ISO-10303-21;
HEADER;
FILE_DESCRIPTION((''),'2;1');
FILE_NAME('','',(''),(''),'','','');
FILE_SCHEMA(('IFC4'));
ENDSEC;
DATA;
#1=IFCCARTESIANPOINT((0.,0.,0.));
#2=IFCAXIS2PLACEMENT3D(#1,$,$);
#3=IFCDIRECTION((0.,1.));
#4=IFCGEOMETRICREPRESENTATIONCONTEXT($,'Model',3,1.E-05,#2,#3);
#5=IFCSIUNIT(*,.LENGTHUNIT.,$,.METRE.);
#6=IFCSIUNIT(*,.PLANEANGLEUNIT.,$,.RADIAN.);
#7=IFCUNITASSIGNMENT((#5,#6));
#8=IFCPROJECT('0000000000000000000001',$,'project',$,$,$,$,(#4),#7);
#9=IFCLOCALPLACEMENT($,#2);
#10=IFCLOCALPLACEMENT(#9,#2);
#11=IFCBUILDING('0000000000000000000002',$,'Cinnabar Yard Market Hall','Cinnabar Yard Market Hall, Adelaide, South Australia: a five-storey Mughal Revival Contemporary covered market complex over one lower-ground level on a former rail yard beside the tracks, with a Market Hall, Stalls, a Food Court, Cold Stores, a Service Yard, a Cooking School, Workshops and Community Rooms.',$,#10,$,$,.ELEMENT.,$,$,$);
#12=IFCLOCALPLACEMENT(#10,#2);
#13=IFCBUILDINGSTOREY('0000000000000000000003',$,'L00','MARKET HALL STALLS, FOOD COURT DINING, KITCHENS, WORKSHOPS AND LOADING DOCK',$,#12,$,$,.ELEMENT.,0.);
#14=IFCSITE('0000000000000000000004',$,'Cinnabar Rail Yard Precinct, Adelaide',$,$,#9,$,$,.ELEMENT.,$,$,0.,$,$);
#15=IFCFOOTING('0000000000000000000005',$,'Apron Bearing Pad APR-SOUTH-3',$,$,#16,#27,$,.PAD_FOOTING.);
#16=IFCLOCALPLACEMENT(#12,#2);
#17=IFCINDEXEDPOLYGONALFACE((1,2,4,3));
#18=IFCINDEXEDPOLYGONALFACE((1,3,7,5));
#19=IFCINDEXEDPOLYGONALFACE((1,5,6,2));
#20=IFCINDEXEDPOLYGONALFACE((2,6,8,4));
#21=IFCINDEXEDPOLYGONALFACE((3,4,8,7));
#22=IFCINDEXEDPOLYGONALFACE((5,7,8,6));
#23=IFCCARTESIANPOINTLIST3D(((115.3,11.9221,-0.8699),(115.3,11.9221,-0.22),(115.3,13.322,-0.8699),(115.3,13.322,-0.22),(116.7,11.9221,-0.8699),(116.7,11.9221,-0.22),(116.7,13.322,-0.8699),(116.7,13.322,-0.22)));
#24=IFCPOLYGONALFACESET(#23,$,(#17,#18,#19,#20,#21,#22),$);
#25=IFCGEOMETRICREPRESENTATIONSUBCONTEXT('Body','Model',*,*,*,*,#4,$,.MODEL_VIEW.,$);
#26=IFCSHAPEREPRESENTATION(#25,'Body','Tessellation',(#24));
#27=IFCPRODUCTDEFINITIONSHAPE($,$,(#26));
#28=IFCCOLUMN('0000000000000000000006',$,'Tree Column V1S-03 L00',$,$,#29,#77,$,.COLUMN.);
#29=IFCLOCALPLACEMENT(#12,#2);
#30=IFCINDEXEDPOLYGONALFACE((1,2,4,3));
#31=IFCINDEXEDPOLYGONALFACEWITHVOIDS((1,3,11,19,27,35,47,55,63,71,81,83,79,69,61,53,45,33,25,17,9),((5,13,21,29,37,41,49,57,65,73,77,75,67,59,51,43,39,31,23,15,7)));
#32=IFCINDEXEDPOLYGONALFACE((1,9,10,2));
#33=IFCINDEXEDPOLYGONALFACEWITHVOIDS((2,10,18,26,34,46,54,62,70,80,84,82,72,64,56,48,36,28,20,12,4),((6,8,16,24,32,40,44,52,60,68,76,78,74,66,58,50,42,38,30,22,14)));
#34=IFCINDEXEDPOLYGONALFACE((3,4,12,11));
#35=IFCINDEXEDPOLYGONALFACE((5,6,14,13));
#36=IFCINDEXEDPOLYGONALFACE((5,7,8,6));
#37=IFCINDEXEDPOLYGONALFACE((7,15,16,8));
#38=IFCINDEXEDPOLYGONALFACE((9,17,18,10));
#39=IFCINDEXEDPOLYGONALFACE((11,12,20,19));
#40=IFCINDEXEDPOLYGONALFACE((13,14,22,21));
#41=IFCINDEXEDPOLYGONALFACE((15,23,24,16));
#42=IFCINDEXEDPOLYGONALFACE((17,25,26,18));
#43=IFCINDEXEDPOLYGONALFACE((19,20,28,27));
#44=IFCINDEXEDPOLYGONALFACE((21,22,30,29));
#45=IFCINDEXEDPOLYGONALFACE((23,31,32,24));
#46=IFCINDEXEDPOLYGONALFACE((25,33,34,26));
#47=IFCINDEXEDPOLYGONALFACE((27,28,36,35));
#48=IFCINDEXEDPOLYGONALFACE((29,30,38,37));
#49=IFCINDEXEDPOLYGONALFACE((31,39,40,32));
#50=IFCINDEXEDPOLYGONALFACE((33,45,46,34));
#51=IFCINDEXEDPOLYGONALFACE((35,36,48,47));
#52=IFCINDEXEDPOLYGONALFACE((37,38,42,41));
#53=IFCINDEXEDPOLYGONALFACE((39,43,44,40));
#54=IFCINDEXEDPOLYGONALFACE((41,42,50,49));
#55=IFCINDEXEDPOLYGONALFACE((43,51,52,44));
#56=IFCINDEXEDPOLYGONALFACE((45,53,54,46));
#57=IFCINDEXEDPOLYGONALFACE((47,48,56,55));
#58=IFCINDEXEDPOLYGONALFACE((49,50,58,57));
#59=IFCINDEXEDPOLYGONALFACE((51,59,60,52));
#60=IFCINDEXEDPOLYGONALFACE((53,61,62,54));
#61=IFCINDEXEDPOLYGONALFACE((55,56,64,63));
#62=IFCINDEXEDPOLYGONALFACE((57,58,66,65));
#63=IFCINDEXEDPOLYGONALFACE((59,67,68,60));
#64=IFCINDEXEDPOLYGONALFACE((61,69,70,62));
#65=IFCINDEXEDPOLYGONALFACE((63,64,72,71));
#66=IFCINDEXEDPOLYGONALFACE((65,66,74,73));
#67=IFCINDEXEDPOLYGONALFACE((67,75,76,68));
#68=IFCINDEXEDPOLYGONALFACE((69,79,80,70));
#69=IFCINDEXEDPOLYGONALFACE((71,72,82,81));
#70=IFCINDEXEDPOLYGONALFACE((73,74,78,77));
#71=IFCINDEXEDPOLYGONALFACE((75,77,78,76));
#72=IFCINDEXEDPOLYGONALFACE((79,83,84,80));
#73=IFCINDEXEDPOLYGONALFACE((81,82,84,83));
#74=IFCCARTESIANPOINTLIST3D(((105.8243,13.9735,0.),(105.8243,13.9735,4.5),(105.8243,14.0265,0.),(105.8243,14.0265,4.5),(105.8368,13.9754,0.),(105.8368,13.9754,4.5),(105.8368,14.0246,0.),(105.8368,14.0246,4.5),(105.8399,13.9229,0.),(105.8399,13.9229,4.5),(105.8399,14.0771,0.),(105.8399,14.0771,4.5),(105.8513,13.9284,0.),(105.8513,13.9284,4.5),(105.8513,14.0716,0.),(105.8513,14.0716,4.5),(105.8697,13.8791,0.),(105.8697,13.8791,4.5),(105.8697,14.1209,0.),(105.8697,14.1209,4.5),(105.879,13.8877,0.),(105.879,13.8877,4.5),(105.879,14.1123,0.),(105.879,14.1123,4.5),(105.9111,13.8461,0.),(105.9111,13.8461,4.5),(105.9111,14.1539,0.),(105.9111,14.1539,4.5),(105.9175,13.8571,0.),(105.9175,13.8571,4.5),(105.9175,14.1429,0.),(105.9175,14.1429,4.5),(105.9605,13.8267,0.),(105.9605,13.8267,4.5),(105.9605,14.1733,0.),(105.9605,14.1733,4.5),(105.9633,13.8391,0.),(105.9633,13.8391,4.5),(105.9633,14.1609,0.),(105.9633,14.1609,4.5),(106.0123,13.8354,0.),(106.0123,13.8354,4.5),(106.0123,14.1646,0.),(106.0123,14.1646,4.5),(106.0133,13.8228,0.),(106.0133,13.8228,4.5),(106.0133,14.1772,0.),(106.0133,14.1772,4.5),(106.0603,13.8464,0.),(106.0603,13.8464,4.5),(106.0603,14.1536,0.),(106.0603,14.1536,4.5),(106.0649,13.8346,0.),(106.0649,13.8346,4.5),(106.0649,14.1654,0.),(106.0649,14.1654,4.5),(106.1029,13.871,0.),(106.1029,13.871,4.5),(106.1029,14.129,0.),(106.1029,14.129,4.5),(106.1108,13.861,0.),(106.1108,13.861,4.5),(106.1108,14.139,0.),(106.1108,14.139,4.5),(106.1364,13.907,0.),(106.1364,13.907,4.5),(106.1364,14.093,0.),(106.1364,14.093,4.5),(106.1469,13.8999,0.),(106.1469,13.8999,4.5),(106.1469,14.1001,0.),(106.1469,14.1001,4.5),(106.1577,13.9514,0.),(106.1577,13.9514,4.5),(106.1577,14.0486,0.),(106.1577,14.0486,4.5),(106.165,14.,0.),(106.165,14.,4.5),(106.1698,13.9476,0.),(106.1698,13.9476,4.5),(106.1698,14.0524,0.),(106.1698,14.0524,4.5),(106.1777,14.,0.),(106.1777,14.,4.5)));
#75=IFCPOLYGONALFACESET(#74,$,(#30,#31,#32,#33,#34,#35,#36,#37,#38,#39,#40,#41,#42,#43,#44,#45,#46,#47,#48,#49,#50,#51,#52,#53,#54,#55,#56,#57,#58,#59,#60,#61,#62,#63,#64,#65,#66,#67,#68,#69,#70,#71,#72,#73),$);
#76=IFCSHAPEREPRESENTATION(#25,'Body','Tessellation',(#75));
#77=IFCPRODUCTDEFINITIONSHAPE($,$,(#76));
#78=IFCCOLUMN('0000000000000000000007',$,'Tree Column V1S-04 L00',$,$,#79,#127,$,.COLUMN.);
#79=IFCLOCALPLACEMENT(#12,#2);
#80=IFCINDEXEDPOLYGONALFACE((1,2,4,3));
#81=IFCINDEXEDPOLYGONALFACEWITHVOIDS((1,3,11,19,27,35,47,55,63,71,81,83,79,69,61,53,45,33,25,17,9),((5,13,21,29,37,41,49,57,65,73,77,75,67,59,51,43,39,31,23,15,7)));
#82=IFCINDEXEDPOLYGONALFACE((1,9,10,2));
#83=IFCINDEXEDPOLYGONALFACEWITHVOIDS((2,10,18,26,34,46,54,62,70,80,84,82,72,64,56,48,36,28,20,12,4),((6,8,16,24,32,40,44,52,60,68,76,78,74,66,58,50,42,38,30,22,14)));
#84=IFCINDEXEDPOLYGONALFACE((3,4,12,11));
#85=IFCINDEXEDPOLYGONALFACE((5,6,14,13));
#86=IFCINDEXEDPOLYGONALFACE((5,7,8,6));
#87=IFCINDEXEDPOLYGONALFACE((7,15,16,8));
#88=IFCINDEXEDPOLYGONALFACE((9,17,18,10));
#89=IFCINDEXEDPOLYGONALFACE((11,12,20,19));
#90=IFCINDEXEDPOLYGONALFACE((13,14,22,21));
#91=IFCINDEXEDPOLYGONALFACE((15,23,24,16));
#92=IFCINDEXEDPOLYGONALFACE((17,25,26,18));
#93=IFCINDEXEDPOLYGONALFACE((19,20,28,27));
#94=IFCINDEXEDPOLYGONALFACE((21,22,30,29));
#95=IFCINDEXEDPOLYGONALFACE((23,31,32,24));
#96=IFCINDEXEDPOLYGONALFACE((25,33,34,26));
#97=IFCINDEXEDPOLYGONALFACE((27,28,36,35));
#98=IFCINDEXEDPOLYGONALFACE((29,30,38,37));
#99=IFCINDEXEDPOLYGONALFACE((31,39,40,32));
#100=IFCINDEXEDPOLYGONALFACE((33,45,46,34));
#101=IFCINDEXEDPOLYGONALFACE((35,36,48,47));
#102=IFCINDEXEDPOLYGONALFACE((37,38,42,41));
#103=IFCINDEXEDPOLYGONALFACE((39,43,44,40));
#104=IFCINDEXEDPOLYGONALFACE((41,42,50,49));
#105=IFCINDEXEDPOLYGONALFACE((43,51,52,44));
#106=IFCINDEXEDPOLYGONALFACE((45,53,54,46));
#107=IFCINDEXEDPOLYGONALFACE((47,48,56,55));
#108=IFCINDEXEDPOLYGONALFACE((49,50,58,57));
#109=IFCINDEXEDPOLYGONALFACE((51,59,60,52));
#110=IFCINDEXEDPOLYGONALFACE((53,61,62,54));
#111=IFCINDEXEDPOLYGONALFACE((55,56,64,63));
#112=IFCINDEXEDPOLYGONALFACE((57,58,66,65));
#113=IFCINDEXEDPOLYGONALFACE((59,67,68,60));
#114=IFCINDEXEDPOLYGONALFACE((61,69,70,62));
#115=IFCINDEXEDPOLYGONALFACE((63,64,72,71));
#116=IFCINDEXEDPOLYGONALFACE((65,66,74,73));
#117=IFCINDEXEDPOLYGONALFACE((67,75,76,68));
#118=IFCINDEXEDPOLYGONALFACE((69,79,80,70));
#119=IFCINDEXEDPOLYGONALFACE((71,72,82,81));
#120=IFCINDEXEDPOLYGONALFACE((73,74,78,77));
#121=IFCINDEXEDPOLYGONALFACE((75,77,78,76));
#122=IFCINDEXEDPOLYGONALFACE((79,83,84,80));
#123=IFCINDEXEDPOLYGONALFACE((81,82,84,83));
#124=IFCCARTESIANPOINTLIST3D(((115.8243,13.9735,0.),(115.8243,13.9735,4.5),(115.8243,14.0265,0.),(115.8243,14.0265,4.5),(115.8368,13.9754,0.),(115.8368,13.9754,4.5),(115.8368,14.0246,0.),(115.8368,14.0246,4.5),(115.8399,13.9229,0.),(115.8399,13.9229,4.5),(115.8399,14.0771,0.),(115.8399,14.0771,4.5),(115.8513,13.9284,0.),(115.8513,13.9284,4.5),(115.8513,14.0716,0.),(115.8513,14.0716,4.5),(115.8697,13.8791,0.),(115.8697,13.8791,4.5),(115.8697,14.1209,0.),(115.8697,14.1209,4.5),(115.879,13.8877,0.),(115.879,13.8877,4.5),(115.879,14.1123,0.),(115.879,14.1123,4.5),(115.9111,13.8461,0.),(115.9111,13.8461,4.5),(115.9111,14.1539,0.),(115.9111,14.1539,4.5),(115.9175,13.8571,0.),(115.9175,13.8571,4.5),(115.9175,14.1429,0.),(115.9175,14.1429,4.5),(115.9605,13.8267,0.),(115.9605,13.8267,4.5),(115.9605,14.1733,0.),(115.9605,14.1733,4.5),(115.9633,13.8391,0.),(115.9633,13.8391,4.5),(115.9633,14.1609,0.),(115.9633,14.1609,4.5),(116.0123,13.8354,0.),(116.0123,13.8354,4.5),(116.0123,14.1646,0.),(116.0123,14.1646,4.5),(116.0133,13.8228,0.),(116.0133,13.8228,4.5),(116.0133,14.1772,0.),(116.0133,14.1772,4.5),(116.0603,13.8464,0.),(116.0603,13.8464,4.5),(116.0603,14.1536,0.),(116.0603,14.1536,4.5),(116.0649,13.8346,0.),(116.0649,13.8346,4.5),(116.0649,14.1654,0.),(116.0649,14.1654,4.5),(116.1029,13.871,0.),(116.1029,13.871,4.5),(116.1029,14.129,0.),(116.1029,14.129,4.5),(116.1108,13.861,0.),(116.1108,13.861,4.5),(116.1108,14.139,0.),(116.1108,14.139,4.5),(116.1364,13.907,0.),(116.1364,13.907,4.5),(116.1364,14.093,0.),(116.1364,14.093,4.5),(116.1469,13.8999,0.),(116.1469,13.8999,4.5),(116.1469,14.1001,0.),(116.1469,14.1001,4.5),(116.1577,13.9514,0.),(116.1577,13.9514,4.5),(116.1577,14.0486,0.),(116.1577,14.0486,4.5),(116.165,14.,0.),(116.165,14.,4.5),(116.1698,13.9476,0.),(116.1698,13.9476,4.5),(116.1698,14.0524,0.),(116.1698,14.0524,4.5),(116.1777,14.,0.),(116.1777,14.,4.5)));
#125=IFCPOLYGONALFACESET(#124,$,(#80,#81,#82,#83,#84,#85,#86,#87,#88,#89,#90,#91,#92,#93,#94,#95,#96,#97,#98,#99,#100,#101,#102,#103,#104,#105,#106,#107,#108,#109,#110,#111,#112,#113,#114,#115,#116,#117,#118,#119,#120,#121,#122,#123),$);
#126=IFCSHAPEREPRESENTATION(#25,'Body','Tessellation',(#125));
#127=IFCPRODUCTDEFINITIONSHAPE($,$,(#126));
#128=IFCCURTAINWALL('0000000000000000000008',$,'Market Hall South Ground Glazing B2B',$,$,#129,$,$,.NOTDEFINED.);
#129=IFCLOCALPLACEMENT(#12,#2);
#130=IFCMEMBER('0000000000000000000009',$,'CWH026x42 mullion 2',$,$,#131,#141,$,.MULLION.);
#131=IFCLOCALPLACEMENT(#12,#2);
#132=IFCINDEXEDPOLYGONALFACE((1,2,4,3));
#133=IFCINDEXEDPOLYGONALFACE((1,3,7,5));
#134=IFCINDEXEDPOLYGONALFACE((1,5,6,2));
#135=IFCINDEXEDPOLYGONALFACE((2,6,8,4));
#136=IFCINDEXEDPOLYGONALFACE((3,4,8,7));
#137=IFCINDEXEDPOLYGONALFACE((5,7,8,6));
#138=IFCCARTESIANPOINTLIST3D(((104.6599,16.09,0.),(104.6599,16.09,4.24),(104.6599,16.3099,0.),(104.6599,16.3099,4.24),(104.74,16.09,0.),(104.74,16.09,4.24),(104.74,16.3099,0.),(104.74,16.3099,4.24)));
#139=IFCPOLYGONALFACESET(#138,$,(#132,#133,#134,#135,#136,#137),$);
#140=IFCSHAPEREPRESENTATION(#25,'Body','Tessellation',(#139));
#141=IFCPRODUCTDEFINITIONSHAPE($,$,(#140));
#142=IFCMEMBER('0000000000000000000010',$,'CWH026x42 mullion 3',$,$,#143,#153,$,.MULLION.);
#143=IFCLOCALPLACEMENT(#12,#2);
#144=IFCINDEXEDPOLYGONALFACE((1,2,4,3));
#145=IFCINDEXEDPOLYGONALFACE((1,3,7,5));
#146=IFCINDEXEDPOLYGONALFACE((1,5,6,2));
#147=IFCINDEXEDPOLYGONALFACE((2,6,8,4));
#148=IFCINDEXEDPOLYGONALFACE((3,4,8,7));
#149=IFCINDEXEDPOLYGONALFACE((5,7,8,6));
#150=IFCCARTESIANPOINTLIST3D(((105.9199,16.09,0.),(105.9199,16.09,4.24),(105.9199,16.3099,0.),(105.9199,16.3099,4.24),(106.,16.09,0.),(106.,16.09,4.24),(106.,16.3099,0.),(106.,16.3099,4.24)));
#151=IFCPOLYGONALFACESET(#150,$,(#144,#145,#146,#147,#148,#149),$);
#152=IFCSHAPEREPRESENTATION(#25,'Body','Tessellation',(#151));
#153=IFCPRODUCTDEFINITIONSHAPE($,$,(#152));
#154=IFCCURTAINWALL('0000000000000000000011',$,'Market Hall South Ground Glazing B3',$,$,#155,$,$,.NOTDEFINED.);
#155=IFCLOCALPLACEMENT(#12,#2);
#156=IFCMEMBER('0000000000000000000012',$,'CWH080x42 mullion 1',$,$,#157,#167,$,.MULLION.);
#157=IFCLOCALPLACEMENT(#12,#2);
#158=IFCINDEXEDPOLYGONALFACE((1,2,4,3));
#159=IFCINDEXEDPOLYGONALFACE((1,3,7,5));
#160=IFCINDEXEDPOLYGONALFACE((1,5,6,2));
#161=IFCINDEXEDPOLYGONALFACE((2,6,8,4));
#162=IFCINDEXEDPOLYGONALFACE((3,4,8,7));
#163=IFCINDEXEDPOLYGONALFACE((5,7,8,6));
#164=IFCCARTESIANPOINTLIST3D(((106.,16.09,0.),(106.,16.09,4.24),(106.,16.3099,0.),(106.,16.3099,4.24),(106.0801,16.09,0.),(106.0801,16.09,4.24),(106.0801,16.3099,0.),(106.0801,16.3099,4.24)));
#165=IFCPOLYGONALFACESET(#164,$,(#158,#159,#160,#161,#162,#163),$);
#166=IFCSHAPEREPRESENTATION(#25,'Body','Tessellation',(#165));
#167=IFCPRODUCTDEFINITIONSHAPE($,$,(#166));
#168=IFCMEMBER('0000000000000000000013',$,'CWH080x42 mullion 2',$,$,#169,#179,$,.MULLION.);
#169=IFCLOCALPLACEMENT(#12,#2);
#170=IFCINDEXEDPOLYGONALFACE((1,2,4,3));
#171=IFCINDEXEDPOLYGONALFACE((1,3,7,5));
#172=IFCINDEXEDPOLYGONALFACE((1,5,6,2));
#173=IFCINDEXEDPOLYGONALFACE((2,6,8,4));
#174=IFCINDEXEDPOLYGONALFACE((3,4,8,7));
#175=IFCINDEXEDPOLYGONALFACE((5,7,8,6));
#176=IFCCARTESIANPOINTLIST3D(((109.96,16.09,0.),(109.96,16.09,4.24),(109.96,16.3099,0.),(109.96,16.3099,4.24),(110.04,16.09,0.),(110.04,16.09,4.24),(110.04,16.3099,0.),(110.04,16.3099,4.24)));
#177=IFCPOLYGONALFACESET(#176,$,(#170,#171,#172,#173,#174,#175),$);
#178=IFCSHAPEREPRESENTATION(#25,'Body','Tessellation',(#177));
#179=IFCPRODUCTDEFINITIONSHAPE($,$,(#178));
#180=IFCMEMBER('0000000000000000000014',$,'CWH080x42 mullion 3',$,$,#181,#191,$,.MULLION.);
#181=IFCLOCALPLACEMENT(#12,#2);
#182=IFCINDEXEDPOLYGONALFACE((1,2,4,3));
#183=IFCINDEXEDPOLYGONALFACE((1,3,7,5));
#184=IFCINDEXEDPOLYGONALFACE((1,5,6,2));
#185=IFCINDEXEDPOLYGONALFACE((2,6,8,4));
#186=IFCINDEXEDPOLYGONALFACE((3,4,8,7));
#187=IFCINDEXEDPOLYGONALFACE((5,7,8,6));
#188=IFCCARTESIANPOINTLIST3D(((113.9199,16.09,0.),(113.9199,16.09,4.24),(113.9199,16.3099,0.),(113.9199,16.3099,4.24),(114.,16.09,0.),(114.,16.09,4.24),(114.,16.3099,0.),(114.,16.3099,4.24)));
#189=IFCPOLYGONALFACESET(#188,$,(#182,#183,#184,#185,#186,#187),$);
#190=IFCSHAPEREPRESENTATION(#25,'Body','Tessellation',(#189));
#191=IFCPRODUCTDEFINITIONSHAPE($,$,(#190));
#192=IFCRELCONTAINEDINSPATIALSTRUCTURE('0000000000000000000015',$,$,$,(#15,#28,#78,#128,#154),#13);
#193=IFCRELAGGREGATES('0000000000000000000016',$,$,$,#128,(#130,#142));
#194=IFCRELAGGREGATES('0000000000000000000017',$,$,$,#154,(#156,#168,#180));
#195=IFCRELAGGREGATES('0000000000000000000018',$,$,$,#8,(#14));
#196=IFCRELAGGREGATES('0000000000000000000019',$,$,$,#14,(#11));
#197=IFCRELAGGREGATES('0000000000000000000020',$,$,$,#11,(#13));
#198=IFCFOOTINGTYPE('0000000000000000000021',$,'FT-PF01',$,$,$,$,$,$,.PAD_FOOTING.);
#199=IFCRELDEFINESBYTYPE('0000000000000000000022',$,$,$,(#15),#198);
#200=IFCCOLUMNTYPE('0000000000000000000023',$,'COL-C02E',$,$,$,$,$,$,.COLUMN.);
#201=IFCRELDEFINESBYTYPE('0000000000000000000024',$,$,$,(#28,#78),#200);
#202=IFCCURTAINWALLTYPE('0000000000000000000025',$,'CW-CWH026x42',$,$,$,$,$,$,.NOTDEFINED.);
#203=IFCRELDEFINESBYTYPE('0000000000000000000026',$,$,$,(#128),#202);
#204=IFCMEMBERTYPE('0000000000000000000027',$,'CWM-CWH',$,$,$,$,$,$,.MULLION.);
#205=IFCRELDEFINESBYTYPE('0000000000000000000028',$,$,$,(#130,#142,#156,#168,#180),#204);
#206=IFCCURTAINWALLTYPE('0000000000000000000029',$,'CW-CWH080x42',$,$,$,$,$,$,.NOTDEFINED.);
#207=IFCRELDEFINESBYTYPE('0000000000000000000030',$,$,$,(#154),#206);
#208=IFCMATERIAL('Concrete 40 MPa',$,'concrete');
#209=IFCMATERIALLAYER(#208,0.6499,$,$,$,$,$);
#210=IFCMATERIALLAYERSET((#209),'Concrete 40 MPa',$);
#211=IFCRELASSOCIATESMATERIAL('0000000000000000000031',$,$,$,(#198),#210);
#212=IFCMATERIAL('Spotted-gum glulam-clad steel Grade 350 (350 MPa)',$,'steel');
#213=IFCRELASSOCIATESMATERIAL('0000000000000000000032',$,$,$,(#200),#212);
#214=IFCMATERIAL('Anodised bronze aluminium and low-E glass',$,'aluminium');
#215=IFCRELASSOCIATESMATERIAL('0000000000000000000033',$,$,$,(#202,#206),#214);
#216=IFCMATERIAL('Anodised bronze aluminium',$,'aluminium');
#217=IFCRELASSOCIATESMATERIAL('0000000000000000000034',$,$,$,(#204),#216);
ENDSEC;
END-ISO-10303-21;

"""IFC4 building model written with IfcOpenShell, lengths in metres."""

from ifc_helpers import new_model, si_unit, direction, frame, origin, origin_2d_with_axis, place, context, subcontext, project, spatial, rectangle, hollow_circle, extrude, material, layer, layer_set, material_profile, profile_set, type_object, element, aggregate, save


model = new_model("IFC4")

# Units and contexts
model_context = context("Model", 3, precision=1e-05, world=origin(), true_north=direction((0.0, 1.0)))
body_context = subcontext(model_context, "Body", "Model", "MODEL_VIEW")
ifc_project = project(units=[si_unit("LENGTHUNIT", "METRE"), si_unit("PLANEANGLEUNIT", "RADIAN")], contexts=[model_context])

# Site, building, storey
site_placement = place(None, origin())
site = spatial("IfcSite", under=ifc_project, at=site_placement, Name="Cinnabar Rail Yard Precinct, Adelaide", CompositionType="ELEMENT", RefElevation=0.0)
building_placement = place(site_placement, origin())
building = spatial("IfcBuilding", under=site, at=building_placement, Name="Cinnabar Yard Market Hall", Description="Cinnabar Yard Market Hall, Adelaide, South Australia: a five-storey Mughal Revival Contemporary covered market complex over one lower-ground level on a former rail yard beside the tracks, with a Market Hall, Stalls, a Food Court, Cold Stores, a Service Yard, a Cooking School, Workshops and Community Rooms.", CompositionType="ELEMENT")
storey_placement = place(building_placement, origin())
storey = spatial("IfcBuildingStorey", under=building, at=storey_placement, Name="L00", Description="MARKET HALL STALLS, FOOD COURT DINING, KITCHENS, WORKSHOPS AND LOADING DOCK", CompositionType="ELEMENT", Elevation=0.0)

# Footing
ifc_material_1 = material(Name="Concrete 40 MPa", Category="concrete")
ifc_layer_1 = layer(ifc_material_1, 0.6499)
ifc_layer_set_1 = layer_set([ifc_layer_1], Name="Concrete 40 MPa")
footing_type = type_object("IfcFootingType", Name="FT-PF01", PredefinedType="PAD_FOOTING", material=ifc_layer_set_1)
footing_placement = place(storey_placement, frame((116.0, 12.6221, -0.8699), z_axis=(0.0, 0.0, 1.0), x_axis=(1.0, 0.0, 0.0)))
element("IfcFooting", 1, at=footing_placement, inside=storey, type_object=footing_type, Name="Apron Bearing Pad APR-SOUTH-3", PredefinedType="PAD_FOOTING", context=body_context, shape_type="SweptSolid", body=[
    extrude(rectangle(XDim=1.3999, YDim=1.3999, at=origin_2d_with_axis()), origin(), (0.0, 0.0, 1.0), 0.6499),
])

# Columns
ifc_material_2 = material(Name="Spotted-gum glulam-clad steel Grade 350 (350 MPa)", Category="steel")
ifc_material_profile_1 = material_profile(ifc_material_2, hollow_circle(Radius=0.1777, WallThickness=0.0127, at=origin_2d_with_axis()), Name="355.6x12.7CHS")
ifc_profile_set_1 = profile_set([ifc_material_profile_1], Name="Spotted-gum glulam-clad steel Grade 350 (350 MPa)")
column_type = type_object("IfcColumnType", Name="COL-C02E", PredefinedType="COLUMN", material=ifc_profile_set_1)
for number, where, z_axis, x_axis, name in (
    (2, (106.0, 14.0, 0.0), (0.0, 0.0, 1.0), (1.0, 0.0, 0.0), "Tree Column V1S-03 L00"),
    (3, (116.0, 14.0, 0.0), (0.0, 0.0, 1.0), (1.0, 0.0, 0.0), "Tree Column V1S-04 L00"),
):
    element("IfcColumn", number, at=place(storey_placement, frame(where, z_axis=z_axis, x_axis=x_axis)), inside=storey, type_object=column_type, Name=name, PredefinedType="COLUMN", context=body_context, shape_type="SweptSolid", body=[
        extrude(hollow_circle(Radius=0.1777, WallThickness=0.0127, at=origin_2d_with_axis()), origin(), (0.0, 0.0, 1.0), 4.5),
    ])

# Curtain walls, members
ifc_material_3 = material(Name="Anodised bronze aluminium and low-E glass", Category="aluminium")
curtain_wall_type_1 = type_object("IfcCurtainWallType", Name="CW-CWH026x42", PredefinedType="NOTDEFINED", material=ifc_material_3)
curtain_wall_1_placement = place(storey_placement, origin())
curtain_wall_1 = element("IfcCurtainWall", 4, at=curtain_wall_1_placement, inside=storey, type_object=curtain_wall_type_1, Name="Market Hall South Ground Glazing B2B", PredefinedType="NOTDEFINED")
ifc_material_4 = material(Name="Anodised bronze aluminium", Category="aluminium")
ifc_material_profile_2 = material_profile(ifc_material_4, rectangle(XDim=0.22, YDim=0.0801, at=origin_2d_with_axis()), Name="MUL-CWH")
ifc_profile_set_2 = profile_set([ifc_material_profile_2], Name="Anodised bronze aluminium")
member_type_1 = type_object("IfcMemberType", Name="CWM-CWH", PredefinedType="MULLION", material=ifc_profile_set_2)
member_1_placement = place(storey_placement, frame((104.7, 16.2, 0.0), z_axis=(0.0, 0.0, 1.0), x_axis=(0.0, 1.0, 0.0)))
member_1 = element("IfcMember", 5, at=member_1_placement, type_object=member_type_1, Name="CWH026x42 mullion 2", PredefinedType="MULLION", context=body_context, shape_type="SweptSolid", body=[
    extrude(rectangle(XDim=0.22, YDim=0.0801, at=origin_2d_with_axis()), origin(), (0.0, 0.0, 1.0), 4.24),
])
member_2_placement = place(storey_placement, frame((105.96, 16.2, 0.0), z_axis=(0.0, 0.0, 1.0), x_axis=(0.0, 1.0, 0.0)))
member_2 = element("IfcMember", 6, at=member_2_placement, type_object=member_type_1, Name="CWH026x42 mullion 3", PredefinedType="MULLION", context=body_context, shape_type="SweptSolid", body=[
    extrude(rectangle(XDim=0.22, YDim=0.0801, at=origin_2d_with_axis()), origin(), (0.0, 0.0, 1.0), 4.24),
])
curtain_wall_type_2 = type_object("IfcCurtainWallType", Name="CW-CWH080x42", PredefinedType="NOTDEFINED", material=ifc_material_3)
curtain_wall_2_placement = place(storey_placement, origin())
curtain_wall_2 = element("IfcCurtainWall", 7, at=curtain_wall_2_placement, inside=storey, type_object=curtain_wall_type_2, Name="Market Hall South Ground Glazing B3", PredefinedType="NOTDEFINED")
member_3_placement = place(storey_placement, frame((106.04, 16.2, 0.0), z_axis=(0.0, 0.0, 1.0), x_axis=(0.0, 1.0, 0.0)))
member_3 = element("IfcMember", 8, at=member_3_placement, type_object=member_type_1, Name="CWH080x42 mullion 1", PredefinedType="MULLION", context=body_context, shape_type="SweptSolid", body=[
    extrude(rectangle(XDim=0.22, YDim=0.0801, at=origin_2d_with_axis()), origin(), (0.0, 0.0, 1.0), 4.24),
])
member_4_placement = place(storey_placement, frame((110.0, 16.2, 0.0), z_axis=(0.0, 0.0, 1.0), x_axis=(0.0, 1.0, 0.0)))
member_4 = element("IfcMember", 9, at=member_4_placement, type_object=member_type_1, Name="CWH080x42 mullion 2", PredefinedType="MULLION", context=body_context, shape_type="SweptSolid", body=[
    extrude(rectangle(XDim=0.22, YDim=0.0801, at=origin_2d_with_axis()), origin(), (0.0, 0.0, 1.0), 4.24),
])
member_5_placement = place(storey_placement, frame((113.96, 16.2, 0.0), z_axis=(0.0, 0.0, 1.0), x_axis=(0.0, 1.0, 0.0)))
member_5 = element("IfcMember", 10, at=member_5_placement, type_object=member_type_1, Name="CWH080x42 mullion 3", PredefinedType="MULLION", context=body_context, shape_type="SweptSolid", body=[
    extrude(rectangle(XDim=0.22, YDim=0.0801, at=origin_2d_with_axis()), origin(), (0.0, 0.0, 1.0), 4.24),
])

aggregate(curtain_wall_1, [member_1, member_2])
aggregate(curtain_wall_2, [member_3, member_4, member_5])

save(model, "model.ifc")
